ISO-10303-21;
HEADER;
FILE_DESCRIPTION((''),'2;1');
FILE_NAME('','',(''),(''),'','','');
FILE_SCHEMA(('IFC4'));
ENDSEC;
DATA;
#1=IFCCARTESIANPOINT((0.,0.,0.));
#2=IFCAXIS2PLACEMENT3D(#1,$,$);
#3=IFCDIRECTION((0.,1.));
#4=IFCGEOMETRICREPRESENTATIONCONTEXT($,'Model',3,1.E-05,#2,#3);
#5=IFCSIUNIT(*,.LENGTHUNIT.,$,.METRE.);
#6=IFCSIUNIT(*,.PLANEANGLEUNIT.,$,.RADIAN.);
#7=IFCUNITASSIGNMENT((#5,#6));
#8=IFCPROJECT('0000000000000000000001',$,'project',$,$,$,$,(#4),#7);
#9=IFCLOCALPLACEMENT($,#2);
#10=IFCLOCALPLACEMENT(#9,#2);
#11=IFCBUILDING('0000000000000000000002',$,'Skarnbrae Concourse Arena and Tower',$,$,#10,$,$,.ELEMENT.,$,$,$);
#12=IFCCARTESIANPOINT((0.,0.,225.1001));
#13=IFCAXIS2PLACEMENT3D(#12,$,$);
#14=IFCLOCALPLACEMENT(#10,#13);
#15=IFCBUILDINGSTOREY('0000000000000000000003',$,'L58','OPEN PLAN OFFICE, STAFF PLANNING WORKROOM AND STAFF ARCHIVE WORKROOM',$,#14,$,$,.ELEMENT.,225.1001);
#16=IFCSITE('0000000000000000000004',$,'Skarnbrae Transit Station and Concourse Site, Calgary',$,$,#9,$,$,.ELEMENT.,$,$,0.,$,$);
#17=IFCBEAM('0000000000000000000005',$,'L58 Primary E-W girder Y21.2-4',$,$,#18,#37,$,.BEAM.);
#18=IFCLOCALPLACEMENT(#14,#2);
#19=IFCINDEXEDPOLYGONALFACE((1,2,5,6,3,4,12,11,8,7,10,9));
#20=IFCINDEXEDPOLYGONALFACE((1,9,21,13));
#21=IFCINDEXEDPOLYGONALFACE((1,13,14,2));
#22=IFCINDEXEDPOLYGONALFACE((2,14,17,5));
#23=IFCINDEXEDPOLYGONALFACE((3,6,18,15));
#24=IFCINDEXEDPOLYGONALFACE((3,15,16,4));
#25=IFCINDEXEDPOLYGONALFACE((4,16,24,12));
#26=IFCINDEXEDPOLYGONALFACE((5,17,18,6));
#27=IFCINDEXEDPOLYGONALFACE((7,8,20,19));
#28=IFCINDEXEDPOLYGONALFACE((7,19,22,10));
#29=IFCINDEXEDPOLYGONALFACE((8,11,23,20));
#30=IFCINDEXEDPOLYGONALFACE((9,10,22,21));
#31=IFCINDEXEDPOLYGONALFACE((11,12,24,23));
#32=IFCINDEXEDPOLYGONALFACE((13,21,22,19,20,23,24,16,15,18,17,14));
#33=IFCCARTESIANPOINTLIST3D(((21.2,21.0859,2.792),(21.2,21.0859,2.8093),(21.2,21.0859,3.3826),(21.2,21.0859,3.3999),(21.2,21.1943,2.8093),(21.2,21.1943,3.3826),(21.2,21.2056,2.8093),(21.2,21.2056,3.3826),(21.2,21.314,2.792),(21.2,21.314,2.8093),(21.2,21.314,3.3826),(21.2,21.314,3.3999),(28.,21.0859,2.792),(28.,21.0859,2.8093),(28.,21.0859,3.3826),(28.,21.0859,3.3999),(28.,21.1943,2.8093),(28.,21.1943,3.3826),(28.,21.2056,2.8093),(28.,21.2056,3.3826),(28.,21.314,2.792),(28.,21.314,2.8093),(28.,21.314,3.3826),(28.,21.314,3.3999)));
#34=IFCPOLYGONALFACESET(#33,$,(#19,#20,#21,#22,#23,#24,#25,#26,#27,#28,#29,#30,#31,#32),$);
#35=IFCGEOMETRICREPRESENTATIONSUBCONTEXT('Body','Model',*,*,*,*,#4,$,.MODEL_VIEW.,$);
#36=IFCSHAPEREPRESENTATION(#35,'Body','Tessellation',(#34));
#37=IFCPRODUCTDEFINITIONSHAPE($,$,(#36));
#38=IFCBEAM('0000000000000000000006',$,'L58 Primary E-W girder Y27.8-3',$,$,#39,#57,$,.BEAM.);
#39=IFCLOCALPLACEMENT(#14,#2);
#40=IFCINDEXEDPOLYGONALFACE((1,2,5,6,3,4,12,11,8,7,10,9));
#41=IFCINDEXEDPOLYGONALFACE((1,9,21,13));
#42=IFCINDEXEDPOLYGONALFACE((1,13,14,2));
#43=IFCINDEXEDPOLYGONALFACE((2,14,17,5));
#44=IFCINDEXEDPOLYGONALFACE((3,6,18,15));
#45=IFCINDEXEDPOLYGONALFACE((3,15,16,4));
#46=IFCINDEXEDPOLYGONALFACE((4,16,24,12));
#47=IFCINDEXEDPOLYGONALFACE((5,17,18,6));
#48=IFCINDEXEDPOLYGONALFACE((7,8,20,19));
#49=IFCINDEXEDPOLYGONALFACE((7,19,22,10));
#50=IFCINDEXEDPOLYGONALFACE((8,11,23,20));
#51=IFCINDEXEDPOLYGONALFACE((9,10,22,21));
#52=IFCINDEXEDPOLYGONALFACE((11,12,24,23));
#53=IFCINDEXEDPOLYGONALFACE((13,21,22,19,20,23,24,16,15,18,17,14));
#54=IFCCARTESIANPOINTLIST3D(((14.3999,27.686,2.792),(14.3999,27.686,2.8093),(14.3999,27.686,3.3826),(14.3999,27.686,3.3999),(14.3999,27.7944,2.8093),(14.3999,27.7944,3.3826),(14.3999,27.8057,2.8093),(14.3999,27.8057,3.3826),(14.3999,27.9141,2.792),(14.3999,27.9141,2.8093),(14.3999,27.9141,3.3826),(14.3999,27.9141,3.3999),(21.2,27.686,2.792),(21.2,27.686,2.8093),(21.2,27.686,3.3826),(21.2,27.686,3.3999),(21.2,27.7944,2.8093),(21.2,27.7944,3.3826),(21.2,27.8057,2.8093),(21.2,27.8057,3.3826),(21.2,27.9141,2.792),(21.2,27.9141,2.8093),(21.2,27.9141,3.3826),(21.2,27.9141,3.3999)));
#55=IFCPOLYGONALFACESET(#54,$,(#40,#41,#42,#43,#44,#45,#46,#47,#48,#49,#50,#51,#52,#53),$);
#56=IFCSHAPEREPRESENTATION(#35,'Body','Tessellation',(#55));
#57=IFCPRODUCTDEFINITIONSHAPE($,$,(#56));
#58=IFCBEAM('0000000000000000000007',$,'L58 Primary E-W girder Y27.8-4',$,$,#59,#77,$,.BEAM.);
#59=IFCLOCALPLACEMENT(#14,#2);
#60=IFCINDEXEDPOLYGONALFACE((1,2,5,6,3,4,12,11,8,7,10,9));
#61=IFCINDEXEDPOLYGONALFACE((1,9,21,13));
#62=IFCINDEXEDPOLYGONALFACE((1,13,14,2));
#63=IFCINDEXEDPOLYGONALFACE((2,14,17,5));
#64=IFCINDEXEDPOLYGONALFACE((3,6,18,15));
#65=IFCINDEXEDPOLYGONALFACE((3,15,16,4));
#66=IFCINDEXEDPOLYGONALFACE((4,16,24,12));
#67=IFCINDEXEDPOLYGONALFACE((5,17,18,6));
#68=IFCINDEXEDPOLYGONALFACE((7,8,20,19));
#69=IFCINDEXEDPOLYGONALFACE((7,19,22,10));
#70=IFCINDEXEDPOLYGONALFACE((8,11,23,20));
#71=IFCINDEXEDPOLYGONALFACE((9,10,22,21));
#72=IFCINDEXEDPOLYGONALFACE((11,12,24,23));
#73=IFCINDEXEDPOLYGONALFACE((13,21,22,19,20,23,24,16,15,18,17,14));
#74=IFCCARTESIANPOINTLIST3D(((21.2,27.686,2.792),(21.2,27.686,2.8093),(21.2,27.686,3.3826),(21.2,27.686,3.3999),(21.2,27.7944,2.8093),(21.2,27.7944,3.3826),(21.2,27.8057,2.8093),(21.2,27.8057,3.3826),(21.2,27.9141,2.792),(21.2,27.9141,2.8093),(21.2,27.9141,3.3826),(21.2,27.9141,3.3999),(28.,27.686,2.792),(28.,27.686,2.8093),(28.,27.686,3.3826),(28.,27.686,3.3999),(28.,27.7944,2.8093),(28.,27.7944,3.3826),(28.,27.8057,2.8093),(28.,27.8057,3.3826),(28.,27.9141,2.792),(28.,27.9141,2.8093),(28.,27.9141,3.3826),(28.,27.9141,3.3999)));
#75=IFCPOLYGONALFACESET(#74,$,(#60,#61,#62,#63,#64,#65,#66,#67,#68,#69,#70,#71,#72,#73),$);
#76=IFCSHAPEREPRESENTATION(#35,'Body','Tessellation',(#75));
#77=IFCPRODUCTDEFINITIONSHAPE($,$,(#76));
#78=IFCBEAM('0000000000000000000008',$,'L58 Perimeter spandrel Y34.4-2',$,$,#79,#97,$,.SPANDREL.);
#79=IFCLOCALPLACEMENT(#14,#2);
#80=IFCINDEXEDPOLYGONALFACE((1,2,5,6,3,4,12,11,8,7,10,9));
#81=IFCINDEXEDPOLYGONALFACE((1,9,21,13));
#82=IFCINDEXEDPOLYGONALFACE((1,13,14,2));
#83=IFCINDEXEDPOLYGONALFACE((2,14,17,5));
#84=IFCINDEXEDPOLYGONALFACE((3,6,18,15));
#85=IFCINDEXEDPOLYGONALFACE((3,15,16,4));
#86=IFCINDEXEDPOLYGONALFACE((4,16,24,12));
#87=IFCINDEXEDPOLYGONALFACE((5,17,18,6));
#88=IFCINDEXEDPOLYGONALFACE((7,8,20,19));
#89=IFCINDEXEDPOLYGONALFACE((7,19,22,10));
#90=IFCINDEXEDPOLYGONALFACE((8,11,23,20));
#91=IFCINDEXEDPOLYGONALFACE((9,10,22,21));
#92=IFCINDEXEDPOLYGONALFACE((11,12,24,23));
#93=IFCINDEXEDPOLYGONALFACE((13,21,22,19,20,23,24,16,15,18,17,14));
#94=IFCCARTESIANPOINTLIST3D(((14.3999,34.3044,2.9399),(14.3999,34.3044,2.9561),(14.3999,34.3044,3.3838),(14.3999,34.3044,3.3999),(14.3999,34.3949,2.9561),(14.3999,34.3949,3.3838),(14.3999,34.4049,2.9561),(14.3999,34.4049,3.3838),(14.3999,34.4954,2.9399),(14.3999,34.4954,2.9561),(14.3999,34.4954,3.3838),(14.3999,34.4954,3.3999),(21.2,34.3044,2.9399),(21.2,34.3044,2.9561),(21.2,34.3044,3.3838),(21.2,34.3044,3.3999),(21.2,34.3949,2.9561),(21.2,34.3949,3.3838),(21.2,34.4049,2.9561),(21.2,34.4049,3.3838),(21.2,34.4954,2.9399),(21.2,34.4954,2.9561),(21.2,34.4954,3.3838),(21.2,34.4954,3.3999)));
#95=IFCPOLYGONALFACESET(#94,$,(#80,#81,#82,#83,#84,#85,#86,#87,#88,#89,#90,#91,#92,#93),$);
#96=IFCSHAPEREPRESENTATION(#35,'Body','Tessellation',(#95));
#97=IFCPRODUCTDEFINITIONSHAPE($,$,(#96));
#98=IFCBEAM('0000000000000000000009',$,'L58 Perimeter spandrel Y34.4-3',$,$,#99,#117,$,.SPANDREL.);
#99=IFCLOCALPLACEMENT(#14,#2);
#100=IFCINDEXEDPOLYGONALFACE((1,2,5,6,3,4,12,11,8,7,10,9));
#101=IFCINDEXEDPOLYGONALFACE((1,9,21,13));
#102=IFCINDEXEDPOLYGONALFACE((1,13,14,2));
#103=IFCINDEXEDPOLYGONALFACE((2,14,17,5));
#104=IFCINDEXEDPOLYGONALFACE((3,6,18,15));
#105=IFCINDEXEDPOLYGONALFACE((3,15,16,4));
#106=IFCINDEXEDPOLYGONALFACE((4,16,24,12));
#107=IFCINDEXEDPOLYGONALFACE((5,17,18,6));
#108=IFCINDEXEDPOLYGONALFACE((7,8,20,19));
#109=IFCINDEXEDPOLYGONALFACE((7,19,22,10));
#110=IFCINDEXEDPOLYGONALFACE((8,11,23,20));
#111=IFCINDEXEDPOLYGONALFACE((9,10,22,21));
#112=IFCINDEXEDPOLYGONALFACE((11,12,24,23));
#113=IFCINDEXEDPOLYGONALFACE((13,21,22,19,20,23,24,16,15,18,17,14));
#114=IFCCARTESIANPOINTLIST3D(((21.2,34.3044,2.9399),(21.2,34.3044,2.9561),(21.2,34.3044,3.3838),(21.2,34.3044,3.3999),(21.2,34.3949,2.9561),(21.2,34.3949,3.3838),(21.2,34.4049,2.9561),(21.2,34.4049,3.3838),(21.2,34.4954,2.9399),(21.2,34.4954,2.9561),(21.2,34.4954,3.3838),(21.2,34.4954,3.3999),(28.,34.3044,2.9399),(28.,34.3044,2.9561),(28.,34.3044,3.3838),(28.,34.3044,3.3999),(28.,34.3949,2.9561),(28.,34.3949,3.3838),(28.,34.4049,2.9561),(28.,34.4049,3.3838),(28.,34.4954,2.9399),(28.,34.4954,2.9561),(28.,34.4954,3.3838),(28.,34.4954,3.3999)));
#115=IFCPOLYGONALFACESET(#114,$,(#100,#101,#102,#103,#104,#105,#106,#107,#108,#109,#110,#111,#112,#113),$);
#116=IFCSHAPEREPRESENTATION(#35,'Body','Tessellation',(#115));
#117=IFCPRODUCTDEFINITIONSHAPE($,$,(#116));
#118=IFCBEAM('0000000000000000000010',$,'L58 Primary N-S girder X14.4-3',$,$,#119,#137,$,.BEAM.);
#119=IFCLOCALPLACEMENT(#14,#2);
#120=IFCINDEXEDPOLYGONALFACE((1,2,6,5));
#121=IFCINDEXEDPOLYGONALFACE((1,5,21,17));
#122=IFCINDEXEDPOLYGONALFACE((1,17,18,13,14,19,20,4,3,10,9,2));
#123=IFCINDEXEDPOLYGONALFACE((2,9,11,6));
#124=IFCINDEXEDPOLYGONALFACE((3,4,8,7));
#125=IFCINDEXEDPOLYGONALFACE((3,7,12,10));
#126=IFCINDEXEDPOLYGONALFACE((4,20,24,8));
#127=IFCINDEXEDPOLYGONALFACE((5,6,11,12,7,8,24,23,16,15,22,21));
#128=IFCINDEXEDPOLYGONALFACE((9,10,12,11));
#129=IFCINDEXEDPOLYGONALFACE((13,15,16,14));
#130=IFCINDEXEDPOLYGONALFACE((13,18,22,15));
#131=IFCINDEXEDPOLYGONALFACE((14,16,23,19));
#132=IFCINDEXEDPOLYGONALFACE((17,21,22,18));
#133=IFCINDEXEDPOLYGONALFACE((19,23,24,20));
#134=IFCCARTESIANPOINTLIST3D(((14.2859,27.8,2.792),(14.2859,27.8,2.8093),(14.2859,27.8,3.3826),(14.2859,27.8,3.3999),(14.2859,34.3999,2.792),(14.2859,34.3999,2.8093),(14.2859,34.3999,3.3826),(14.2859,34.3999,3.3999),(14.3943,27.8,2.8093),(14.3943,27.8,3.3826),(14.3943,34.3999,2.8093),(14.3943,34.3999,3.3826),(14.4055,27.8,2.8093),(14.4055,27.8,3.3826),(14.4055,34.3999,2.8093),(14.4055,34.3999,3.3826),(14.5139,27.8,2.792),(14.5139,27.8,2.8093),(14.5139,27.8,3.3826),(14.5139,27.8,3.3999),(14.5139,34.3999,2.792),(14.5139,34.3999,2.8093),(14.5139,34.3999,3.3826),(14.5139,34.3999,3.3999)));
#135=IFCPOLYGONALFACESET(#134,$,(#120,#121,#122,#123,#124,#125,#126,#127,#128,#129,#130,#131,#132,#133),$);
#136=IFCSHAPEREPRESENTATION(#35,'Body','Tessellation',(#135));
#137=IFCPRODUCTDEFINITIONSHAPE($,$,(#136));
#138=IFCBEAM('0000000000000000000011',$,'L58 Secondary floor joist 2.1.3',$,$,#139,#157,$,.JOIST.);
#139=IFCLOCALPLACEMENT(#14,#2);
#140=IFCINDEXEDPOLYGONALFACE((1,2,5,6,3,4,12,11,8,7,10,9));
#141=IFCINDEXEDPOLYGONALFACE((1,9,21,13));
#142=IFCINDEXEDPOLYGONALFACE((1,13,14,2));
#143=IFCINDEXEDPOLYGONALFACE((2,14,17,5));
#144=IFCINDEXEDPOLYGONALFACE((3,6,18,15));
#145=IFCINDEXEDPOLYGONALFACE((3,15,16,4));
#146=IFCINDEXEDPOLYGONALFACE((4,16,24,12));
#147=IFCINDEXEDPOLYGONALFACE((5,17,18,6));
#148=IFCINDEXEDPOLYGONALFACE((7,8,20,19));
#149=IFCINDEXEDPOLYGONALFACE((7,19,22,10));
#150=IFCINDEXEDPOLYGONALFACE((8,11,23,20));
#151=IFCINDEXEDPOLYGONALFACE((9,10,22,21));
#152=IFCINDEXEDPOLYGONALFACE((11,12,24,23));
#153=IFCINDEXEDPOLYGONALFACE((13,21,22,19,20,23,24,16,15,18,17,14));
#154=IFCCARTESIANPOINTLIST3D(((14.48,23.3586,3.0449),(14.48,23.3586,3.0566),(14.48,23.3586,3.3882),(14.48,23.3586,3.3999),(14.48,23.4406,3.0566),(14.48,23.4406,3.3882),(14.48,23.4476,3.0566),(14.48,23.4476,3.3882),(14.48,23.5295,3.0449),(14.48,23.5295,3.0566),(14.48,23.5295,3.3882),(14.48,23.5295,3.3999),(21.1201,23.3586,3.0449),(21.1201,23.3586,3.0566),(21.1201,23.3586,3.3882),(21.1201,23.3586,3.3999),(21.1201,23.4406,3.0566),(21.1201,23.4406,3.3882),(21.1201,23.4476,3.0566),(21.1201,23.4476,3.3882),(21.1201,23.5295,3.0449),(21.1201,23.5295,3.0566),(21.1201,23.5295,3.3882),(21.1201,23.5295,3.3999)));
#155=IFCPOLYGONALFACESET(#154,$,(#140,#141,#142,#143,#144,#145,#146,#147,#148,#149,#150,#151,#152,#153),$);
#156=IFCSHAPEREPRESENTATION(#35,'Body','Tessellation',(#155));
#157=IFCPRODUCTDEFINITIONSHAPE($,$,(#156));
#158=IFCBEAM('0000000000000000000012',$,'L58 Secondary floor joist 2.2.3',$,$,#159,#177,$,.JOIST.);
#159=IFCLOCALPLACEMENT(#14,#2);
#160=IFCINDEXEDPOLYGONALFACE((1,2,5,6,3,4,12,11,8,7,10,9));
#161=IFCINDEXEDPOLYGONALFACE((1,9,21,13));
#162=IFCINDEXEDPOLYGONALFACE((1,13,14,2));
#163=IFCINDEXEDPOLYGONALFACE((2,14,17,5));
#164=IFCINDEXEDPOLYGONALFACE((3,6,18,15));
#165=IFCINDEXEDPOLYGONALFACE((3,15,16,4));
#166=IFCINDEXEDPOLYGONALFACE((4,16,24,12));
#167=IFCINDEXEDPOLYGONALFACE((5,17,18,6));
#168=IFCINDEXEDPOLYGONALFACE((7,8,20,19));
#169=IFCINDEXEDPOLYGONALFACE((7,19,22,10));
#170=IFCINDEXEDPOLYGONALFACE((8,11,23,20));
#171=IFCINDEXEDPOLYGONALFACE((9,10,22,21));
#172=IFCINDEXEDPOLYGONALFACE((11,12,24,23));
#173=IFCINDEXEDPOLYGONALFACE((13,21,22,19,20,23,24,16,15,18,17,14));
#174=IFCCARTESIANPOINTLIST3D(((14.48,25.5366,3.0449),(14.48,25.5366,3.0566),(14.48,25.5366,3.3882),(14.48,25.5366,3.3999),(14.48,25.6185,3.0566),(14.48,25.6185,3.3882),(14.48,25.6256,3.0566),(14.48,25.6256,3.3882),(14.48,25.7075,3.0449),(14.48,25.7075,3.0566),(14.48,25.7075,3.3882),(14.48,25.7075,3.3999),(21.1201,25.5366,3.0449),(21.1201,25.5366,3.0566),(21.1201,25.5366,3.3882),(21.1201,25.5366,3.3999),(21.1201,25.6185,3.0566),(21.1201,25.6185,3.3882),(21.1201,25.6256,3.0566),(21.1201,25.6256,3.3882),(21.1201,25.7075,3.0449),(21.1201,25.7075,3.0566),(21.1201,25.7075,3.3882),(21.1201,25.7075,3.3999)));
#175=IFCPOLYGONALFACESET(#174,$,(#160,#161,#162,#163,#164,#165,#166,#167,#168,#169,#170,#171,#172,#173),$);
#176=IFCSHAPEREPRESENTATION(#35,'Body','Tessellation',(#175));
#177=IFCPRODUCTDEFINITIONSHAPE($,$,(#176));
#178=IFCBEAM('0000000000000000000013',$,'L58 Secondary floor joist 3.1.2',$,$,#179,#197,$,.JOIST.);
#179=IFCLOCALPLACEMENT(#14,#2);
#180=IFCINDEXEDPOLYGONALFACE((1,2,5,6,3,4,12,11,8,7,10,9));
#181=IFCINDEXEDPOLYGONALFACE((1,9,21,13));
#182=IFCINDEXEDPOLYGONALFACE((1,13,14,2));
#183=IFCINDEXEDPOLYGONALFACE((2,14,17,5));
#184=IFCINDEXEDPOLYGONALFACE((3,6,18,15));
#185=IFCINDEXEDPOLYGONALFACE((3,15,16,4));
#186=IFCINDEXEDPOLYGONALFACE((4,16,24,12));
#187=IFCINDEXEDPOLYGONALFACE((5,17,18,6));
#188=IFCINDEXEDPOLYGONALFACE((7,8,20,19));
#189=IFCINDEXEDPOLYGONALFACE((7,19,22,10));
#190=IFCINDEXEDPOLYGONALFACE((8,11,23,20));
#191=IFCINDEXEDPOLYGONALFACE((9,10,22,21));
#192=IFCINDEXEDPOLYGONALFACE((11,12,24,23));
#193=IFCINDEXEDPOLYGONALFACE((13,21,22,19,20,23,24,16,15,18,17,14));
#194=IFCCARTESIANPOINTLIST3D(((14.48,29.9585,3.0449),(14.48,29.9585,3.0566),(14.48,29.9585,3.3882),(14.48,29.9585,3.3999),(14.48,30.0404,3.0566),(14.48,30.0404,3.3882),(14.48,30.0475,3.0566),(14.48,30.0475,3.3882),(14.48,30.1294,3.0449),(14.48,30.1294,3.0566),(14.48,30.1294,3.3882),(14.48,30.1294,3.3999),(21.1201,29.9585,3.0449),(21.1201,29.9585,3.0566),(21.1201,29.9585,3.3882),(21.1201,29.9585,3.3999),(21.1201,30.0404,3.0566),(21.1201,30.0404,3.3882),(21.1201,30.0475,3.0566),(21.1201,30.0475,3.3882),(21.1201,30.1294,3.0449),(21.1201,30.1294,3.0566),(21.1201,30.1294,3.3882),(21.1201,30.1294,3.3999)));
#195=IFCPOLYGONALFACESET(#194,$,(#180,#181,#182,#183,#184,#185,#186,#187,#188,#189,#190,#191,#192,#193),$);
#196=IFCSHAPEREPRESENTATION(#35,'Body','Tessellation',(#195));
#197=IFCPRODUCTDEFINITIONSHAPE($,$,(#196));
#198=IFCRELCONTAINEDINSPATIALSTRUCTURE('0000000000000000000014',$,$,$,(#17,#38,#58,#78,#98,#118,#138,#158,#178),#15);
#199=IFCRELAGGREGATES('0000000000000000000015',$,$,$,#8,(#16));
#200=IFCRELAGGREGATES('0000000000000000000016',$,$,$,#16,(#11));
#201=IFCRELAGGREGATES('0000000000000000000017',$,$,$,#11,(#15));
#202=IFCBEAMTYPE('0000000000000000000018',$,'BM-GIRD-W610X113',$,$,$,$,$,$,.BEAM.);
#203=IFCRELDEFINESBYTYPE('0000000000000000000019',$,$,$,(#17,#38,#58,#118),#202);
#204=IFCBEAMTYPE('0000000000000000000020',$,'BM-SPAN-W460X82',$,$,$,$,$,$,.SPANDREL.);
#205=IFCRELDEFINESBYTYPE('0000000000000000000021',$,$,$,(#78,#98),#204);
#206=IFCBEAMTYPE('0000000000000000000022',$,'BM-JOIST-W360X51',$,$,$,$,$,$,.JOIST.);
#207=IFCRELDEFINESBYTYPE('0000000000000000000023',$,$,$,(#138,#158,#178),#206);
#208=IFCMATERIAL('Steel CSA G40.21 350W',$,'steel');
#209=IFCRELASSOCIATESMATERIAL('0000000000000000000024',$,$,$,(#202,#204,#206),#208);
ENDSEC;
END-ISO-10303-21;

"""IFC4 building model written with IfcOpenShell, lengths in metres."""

from ifc_helpers import new_model, si_unit, direction, frame, origin, origin_2d, place, context, subcontext, project, spatial, i_section, extrude, source, transform, mapped, material, material_profile, profile_set, type_object, element, save


model = new_model("IFC4")

# Units and contexts
model_context = context("Model", 3, precision=1e-05, world=origin(), true_north=direction((0.0, 1.0)))
body_context = subcontext(model_context, "Body", "Model", "MODEL_VIEW")
ifc_project = project(units=[si_unit("LENGTHUNIT", "METRE"), si_unit("PLANEANGLEUNIT", "RADIAN")], contexts=[model_context])

# Site, building, storey
site_placement = place(None, origin())
site = spatial("IfcSite", under=ifc_project, at=site_placement, Name="Skarnbrae Transit Station and Concourse Site, Calgary", CompositionType="ELEMENT", RefElevation=0.0)
building_placement = place(site_placement, origin())
building = spatial("IfcBuilding", under=site, at=building_placement, Name="Skarnbrae Concourse Arena and Tower", CompositionType="ELEMENT")
storey_placement = place(building_placement, frame((0.0, 0.0, 225.1001)))
storey = spatial("IfcBuildingStorey", under=building, at=storey_placement, Name="L58", Description="OPEN PLAN OFFICE, STAFF PLANNING WORKROOM AND STAFF ARCHIVE WORKROOM", CompositionType="ELEMENT", Elevation=225.1001)

# Shared definitions
ifc_material_1 = material(Name="Steel CSA G40.21 350W", Category="steel")

# Beams
ifc_material_profile_1 = material_profile(ifc_material_1, i_section(OverallWidth=0.228, OverallDepth=0.6079, WebThickness=0.0112, FlangeThickness=0.0173, at=origin_2d()), Name="W610X113")
ifc_profile_set_1 = profile_set([ifc_material_profile_1], Name="Steel CSA G40.21 350W")
beam_type_1 = type_object("IfcBeamType", Name="BM-GIRD-W610X113", PredefinedType="BEAM", material=ifc_profile_set_1)
shared_shape_1 = source(origin(), body_context, "Body", "SweptSolid", [
    extrude(i_section(OverallWidth=0.228, OverallDepth=0.6079, WebThickness=0.0112, FlangeThickness=0.0173, at=origin_2d()), origin(), (0.0, 0.0, 1.0), 6.8),
])
for number, where, z_axis, x_axis, name in (
    (1, (21.2, 21.2, 3.0959), (1.0, 0.0, 0.0), (0.0, 1.0, 0.0), "L58 Primary E-W girder Y21.2-4"),
    (2, (14.3999, 27.8, 3.0959), (1.0, 0.0, 0.0), (0.0, 1.0, 0.0), "L58 Primary E-W girder Y27.8-3"),
    (3, (21.2, 27.8, 3.0959), (1.0, 0.0, 0.0), (0.0, 1.0, 0.0), "L58 Primary E-W girder Y27.8-4"),
):
    element("IfcBeam", number, at=place(storey_placement, frame(where, z_axis=z_axis, x_axis=x_axis)), inside=storey, type_object=beam_type_1, Name=name, PredefinedType="BEAM", context=body_context, shape_type="MappedRepresentation", body=[
        mapped(shared_shape_1, transform((0.0, 0.0, 0.0))),
    ])
ifc_material_profile_2 = material_profile(ifc_material_1, i_section(OverallWidth=0.1909, OverallDepth=0.46, WebThickness=0.01, FlangeThickness=0.0161, at=origin_2d()), Name="W460X82")
ifc_profile_set_2 = profile_set([ifc_material_profile_2], Name="Steel CSA G40.21 350W")
beam_type_2 = type_object("IfcBeamType", Name="BM-SPAN-W460X82", PredefinedType="SPANDREL", material=ifc_profile_set_2)
shared_shape_2 = source(origin(), body_context, "Body", "SweptSolid", [
    extrude(i_section(OverallWidth=0.1909, OverallDepth=0.46, WebThickness=0.01, FlangeThickness=0.0161, at=origin_2d()), origin(), (0.0, 0.0, 1.0), 6.8),
])
for number, where, z_axis, x_axis, name in (
    (4, (14.3999, 34.3999, 3.1699), (1.0, 0.0, 0.0), (0.0, 1.0, 0.0), "L58 Perimeter spandrel Y34.4-2"),
    (5, (21.2, 34.3999, 3.1699), (1.0, 0.0, 0.0), (0.0, 1.0, 0.0), "L58 Perimeter spandrel Y34.4-3"),
):
    element("IfcBeam", number, at=place(storey_placement, frame(where, z_axis=z_axis, x_axis=x_axis)), inside=storey, type_object=beam_type_2, Name=name, PredefinedType="SPANDREL", context=body_context, shape_type="MappedRepresentation", body=[
        mapped(shared_shape_2, transform((0.0, 0.0, 0.0))),
    ])
shared_shape_3 = source(origin(), body_context, "Body", "SweptSolid", [
    extrude(i_section(OverallWidth=0.228, OverallDepth=0.6079, WebThickness=0.0112, FlangeThickness=0.0173, at=origin_2d()), origin(), (0.0, 0.0, 1.0), 6.5999),
])
beam_placement = place(storey_placement, frame((14.3999, 27.8, 3.0959), z_axis=(0.0, 1.0, 0.0), x_axis=(-1.0, 0.0, 0.0)))
element("IfcBeam", 6, at=beam_placement, inside=storey, type_object=beam_type_1, Name="L58 Primary N-S girder X14.4-3", PredefinedType="BEAM", context=body_context, shape_type="MappedRepresentation", body=[
    mapped(shared_shape_3, transform((0.0, 0.0, 0.0))),
])
ifc_material_profile_3 = material_profile(ifc_material_1, i_section(OverallWidth=0.1709, OverallDepth=0.355, WebThickness=0.0071, FlangeThickness=0.0117, at=origin_2d()), Name="W360X51")
ifc_profile_set_3 = profile_set([ifc_material_profile_3], Name="Steel CSA G40.21 350W")
beam_type_3 = type_object("IfcBeamType", Name="BM-JOIST-W360X51", PredefinedType="JOIST", material=ifc_profile_set_3)
shared_shape_4 = source(origin(), body_context, "Body", "SweptSolid", [
    extrude(i_section(OverallWidth=0.1709, OverallDepth=0.355, WebThickness=0.0071, FlangeThickness=0.0117, at=origin_2d()), origin(), (0.0, 0.0, 1.0), 6.6401),
])
for number, where, z_axis, x_axis, name in (
    (7, (14.48, 23.4441, 3.2224), (1.0, 0.0, 0.0), (0.0, 1.0, 0.0), "L58 Secondary floor joist 2.1.3"),
    (8, (14.48, 25.6221, 3.2224), (1.0, 0.0, 0.0), (0.0, 1.0, 0.0), "L58 Secondary floor joist 2.2.3"),
    (9, (14.48, 30.0439, 3.2224), (1.0, 0.0, 0.0), (0.0, 1.0, 0.0), "L58 Secondary floor joist 3.1.2"),
):
    element("IfcBeam", number, at=place(storey_placement, frame(where, z_axis=z_axis, x_axis=x_axis)), inside=storey, type_object=beam_type_3, Name=name, PredefinedType="JOIST", context=body_context, shape_type="MappedRepresentation", body=[
        mapped(shared_shape_4, transform((0.0, 0.0, 0.0))),
    ])

save(model, "model.ifc")
